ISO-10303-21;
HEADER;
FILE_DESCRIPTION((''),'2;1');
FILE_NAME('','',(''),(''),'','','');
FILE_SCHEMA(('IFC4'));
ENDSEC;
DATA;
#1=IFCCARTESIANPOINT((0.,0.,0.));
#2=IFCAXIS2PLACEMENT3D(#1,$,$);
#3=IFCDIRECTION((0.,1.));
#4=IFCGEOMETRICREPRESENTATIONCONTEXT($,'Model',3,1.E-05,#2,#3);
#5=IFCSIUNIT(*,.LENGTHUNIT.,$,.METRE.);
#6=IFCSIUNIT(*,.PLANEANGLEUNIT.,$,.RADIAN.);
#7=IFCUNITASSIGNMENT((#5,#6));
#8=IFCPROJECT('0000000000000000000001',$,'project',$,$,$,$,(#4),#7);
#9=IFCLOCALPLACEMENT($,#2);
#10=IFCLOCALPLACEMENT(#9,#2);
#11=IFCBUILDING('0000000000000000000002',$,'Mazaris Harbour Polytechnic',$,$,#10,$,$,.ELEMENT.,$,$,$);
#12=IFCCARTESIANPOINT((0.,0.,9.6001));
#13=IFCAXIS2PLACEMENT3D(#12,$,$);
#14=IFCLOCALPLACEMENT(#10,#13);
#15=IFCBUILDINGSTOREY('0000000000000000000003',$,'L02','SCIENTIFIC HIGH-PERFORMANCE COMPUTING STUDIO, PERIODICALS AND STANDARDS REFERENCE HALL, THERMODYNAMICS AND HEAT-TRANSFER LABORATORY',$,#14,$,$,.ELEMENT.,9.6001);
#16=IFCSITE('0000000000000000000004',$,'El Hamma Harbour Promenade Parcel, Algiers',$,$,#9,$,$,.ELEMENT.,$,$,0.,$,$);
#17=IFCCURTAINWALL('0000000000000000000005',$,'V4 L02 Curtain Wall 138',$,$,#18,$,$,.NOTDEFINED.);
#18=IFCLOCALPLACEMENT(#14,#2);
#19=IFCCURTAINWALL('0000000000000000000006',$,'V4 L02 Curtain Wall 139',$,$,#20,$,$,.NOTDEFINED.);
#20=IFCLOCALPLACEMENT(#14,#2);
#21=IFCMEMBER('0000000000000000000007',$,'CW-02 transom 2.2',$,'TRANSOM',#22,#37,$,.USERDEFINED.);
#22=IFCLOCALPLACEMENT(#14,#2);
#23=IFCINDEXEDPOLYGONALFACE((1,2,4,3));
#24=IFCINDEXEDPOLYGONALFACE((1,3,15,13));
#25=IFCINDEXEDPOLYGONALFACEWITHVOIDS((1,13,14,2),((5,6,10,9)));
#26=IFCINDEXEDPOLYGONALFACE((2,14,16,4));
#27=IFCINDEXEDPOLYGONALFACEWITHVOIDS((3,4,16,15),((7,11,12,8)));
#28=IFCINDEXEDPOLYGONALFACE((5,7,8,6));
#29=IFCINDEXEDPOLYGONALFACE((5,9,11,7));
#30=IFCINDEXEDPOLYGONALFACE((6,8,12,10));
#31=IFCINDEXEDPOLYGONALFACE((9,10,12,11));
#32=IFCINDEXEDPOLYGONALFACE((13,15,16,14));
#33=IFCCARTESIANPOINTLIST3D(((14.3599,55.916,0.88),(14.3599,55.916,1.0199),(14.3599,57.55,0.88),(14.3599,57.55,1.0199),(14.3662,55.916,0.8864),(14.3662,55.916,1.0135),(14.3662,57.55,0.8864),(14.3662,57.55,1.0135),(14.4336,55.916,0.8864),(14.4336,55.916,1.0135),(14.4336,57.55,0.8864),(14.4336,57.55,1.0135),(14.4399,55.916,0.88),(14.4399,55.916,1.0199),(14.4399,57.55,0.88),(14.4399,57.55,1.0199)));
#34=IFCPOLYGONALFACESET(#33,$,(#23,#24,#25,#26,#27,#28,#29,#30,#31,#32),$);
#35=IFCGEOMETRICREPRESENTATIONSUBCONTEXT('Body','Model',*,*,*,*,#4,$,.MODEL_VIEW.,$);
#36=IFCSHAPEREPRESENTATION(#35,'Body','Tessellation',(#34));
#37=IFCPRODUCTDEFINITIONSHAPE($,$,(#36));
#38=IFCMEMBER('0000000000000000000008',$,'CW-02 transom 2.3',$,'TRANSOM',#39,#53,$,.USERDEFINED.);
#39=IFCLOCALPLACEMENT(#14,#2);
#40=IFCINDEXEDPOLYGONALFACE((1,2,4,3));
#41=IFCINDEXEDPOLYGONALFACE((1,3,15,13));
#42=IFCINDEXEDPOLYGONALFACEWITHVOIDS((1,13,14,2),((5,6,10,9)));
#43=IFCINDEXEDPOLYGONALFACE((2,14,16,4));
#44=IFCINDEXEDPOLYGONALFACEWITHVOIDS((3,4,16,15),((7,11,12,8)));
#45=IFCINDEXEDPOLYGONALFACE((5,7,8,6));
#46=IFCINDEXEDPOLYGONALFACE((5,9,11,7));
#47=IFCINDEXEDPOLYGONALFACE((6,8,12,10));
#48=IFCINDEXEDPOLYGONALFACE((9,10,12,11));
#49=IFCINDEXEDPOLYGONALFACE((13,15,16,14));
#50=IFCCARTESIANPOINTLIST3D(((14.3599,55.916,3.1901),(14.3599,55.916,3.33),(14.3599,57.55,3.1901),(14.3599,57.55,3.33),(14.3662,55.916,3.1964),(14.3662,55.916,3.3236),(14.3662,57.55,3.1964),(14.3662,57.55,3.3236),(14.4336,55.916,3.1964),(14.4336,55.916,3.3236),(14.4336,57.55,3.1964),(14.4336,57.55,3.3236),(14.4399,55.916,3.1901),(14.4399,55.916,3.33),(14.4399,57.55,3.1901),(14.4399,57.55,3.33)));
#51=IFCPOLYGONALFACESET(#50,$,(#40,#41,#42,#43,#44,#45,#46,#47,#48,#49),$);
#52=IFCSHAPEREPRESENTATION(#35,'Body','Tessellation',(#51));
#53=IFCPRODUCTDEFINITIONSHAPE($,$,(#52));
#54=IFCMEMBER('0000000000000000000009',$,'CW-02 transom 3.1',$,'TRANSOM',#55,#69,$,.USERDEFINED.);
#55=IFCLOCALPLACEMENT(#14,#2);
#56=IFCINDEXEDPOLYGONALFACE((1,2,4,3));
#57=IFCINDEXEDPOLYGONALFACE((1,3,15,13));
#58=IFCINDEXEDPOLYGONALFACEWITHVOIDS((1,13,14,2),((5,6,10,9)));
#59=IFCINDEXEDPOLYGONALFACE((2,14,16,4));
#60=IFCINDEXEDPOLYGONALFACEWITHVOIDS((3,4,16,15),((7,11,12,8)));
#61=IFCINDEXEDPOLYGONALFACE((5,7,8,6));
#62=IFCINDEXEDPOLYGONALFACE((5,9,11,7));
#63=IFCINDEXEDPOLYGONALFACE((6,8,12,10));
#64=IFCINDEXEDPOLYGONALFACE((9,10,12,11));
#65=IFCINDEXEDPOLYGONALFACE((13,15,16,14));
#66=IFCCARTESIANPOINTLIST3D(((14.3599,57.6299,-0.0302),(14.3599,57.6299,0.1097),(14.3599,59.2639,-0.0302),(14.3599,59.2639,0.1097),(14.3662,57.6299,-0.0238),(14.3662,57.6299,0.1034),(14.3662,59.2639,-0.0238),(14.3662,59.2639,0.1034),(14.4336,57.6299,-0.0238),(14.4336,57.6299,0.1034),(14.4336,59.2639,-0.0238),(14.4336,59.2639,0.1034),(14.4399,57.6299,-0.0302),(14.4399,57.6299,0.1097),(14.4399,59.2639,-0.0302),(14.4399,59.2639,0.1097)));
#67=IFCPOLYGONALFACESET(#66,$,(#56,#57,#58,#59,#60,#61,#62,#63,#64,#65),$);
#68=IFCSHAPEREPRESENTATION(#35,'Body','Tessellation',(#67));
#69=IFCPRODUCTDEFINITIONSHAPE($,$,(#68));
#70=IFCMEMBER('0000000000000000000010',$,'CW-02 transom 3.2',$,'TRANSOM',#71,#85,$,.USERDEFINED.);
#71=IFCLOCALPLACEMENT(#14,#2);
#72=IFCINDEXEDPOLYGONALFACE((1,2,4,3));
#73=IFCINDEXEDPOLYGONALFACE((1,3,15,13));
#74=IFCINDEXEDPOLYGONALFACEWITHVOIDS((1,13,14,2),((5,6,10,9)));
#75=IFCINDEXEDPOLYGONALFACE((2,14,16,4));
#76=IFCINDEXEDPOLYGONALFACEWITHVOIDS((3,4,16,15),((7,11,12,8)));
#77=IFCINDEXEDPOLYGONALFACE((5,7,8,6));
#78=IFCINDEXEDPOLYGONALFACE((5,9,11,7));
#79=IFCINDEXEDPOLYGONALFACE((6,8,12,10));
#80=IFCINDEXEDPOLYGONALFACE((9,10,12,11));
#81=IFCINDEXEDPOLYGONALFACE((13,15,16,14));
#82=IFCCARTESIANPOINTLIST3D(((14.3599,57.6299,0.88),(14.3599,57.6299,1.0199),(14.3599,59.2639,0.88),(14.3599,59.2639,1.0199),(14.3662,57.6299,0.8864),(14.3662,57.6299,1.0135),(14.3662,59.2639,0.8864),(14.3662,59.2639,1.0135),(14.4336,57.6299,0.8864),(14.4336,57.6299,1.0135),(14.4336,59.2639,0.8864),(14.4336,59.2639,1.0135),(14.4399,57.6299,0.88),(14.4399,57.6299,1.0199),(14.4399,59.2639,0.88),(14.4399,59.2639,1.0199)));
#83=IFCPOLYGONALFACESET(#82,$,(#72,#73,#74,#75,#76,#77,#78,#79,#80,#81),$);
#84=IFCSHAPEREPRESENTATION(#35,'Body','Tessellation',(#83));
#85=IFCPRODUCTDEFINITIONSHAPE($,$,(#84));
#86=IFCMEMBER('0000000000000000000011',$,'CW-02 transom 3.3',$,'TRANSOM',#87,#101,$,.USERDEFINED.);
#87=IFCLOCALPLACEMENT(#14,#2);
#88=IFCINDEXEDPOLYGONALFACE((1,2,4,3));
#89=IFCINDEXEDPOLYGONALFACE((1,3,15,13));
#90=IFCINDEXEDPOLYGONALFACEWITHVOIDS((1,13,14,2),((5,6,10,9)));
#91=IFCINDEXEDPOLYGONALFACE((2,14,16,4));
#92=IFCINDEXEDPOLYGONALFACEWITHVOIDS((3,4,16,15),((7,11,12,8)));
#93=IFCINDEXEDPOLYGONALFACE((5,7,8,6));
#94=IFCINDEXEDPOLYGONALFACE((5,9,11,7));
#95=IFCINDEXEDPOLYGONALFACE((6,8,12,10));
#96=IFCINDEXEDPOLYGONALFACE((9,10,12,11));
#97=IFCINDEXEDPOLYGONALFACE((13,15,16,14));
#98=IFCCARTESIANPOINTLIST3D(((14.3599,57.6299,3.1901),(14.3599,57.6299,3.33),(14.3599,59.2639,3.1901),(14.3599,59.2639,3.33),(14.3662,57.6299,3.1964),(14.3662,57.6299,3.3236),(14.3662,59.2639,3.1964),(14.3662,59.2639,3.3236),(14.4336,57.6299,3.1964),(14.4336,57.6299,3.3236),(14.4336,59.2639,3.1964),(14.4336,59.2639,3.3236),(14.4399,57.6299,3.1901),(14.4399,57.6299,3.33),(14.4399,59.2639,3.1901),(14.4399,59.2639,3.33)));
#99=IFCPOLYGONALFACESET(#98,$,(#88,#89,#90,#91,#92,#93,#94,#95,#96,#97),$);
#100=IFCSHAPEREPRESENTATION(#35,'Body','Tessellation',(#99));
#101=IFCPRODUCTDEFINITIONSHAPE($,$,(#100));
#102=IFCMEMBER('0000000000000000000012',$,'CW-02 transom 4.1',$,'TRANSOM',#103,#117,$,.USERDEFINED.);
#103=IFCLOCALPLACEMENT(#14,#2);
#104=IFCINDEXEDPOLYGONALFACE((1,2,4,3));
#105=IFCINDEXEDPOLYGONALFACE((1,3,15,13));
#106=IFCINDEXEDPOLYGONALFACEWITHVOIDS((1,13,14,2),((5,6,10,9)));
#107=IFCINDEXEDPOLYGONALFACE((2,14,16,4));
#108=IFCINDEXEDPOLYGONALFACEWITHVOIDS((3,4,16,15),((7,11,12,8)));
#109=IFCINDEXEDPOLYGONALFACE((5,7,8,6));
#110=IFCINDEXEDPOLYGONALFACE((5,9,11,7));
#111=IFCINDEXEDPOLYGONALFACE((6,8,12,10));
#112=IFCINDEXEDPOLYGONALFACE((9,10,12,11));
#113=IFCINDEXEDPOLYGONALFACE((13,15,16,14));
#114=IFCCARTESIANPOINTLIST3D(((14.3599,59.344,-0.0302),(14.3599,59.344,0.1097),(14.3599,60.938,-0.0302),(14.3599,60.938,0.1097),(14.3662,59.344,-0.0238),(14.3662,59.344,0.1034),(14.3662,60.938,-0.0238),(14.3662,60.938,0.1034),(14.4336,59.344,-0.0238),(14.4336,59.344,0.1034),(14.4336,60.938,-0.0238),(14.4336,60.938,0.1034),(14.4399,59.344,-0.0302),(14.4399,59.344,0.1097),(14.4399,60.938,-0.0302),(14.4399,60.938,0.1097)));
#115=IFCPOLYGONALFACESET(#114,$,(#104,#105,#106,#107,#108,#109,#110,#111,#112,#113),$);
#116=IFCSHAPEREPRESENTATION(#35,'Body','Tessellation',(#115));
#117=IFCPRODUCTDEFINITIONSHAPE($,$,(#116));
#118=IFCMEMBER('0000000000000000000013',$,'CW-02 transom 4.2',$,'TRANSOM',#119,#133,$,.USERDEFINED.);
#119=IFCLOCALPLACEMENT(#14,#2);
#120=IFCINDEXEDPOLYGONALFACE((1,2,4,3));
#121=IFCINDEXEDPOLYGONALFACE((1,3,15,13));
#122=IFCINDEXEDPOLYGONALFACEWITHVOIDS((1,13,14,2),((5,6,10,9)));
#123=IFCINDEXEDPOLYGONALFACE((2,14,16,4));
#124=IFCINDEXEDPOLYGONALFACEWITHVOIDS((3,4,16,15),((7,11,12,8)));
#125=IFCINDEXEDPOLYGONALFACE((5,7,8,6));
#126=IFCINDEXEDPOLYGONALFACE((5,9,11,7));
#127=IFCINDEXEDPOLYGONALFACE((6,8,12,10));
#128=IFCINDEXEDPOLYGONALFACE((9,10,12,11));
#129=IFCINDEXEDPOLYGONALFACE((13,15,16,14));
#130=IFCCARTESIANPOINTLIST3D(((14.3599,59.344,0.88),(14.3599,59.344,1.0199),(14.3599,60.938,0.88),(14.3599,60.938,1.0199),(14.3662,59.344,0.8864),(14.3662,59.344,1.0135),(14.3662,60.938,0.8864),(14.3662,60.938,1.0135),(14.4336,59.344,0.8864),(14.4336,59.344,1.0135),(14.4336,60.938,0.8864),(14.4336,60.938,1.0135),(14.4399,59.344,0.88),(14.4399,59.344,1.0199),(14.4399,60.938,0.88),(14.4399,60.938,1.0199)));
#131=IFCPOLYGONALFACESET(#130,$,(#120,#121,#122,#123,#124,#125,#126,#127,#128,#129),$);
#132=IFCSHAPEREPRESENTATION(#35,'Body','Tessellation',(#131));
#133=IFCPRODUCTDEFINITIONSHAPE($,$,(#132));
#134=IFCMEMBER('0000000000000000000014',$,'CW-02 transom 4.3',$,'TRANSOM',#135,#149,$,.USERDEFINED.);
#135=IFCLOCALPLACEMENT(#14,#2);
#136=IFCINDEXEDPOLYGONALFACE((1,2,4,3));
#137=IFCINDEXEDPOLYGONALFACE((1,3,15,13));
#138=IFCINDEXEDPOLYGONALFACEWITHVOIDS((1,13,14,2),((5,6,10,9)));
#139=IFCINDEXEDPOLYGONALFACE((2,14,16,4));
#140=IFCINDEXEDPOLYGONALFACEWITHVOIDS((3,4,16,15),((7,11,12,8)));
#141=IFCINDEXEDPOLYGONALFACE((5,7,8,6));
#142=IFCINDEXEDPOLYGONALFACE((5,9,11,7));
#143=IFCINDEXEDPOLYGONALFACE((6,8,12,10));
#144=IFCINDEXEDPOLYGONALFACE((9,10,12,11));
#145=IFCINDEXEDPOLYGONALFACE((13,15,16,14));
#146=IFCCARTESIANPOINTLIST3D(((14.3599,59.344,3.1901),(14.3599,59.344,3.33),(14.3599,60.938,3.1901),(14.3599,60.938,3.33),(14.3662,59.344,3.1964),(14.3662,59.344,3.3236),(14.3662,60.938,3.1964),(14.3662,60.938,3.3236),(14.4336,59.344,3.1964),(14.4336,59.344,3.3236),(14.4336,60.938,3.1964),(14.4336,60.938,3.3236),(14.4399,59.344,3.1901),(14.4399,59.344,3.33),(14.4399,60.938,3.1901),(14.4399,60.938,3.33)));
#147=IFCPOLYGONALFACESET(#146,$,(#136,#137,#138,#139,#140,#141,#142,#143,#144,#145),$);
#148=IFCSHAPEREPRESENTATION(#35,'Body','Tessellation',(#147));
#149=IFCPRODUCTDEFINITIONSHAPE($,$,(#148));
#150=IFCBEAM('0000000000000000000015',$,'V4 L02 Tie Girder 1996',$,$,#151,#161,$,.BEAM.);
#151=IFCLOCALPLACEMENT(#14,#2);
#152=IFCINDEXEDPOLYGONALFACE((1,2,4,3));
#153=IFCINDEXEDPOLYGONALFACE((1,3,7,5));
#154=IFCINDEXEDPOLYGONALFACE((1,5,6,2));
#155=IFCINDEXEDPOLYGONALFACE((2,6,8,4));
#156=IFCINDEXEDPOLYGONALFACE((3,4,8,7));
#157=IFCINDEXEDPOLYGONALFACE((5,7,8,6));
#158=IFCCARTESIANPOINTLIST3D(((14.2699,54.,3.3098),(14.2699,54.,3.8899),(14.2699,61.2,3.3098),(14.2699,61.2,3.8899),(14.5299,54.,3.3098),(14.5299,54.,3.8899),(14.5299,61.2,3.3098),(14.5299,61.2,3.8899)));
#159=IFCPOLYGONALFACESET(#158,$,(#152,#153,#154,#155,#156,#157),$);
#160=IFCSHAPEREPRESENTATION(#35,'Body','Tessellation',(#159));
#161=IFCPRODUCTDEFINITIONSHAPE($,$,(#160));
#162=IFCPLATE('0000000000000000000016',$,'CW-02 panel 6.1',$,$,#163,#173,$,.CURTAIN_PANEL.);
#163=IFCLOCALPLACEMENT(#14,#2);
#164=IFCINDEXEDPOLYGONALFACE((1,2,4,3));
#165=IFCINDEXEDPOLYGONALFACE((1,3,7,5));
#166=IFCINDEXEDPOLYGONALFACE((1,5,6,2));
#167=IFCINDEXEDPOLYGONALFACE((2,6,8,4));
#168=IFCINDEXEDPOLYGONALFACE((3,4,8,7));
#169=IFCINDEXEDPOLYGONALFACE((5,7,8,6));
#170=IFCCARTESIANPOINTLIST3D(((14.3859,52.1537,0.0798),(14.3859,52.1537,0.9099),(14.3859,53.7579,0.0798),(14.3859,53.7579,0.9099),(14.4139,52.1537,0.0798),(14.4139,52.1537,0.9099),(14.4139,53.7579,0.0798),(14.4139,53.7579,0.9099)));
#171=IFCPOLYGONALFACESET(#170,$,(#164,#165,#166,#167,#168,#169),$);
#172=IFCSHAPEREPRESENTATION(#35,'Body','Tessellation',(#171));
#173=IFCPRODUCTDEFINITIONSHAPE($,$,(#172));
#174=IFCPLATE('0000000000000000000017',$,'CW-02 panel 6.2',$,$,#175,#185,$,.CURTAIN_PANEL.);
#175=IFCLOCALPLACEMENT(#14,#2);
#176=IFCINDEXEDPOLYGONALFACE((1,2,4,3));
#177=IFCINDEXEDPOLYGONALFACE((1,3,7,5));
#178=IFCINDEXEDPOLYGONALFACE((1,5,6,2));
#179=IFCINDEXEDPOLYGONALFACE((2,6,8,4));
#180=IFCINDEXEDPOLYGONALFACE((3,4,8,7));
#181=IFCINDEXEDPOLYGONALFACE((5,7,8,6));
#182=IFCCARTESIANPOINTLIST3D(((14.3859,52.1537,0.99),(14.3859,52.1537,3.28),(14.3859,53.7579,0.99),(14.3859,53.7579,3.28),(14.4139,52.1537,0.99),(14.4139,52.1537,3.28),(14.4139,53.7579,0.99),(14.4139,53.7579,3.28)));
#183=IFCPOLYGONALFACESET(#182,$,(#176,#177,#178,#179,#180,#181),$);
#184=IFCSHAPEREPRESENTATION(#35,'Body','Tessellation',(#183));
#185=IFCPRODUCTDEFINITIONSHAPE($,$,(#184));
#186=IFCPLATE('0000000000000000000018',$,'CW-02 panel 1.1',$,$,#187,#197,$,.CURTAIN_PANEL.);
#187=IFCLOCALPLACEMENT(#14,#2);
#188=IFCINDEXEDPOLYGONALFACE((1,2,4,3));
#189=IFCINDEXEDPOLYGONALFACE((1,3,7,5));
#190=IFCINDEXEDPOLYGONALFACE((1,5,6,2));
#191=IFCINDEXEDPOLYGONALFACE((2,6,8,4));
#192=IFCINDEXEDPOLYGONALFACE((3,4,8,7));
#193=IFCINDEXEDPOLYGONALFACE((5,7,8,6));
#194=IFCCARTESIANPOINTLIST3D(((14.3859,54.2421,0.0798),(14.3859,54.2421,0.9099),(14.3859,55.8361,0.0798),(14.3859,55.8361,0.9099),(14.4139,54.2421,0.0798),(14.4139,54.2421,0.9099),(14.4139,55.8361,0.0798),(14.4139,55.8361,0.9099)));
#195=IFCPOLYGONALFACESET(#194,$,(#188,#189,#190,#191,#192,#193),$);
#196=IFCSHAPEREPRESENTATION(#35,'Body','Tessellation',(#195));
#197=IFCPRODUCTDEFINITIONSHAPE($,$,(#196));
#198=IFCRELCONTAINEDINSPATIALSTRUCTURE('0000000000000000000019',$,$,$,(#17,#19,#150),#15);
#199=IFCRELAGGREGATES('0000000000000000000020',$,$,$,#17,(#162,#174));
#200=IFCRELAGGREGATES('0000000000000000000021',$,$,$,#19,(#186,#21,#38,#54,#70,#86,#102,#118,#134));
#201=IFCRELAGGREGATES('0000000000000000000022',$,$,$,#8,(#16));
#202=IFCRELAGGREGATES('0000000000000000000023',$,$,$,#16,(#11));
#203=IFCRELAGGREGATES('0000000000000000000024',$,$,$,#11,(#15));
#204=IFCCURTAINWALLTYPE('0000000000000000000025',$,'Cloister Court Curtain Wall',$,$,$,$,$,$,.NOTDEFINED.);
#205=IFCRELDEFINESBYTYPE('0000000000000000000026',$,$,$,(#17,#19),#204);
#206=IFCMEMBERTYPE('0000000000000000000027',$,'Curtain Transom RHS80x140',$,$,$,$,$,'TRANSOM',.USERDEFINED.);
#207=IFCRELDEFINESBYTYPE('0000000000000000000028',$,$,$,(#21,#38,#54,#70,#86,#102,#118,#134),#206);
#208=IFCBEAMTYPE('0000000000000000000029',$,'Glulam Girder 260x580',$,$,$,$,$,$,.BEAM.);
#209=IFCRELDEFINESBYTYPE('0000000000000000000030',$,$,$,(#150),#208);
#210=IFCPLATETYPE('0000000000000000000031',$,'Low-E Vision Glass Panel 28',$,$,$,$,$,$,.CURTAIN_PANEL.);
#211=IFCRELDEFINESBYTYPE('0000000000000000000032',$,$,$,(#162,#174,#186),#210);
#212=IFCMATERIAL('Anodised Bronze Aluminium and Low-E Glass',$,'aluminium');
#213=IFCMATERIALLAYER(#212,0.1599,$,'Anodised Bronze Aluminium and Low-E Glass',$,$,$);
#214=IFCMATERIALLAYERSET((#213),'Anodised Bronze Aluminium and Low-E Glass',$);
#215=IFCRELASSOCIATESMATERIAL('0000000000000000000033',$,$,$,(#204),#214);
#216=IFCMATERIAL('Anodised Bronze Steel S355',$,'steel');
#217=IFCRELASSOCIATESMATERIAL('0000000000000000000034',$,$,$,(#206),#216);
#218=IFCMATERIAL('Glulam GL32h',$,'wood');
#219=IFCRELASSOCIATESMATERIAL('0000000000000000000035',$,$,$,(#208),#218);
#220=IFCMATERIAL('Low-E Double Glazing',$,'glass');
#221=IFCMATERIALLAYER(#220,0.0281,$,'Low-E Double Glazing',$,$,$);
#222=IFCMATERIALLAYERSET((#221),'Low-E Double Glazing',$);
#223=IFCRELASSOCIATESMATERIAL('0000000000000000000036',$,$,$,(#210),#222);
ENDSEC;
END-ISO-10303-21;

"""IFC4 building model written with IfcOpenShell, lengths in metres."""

from ifc_helpers import new_model, si_unit, direction, frame, origin, origin_2d, place, context, subcontext, project, spatial, rectangle, hollow_rectangle, extrude, material, layer, layer_set, material_profile, profile_set, type_object, element, aggregate, save


model = new_model("IFC4")

# Units and contexts
model_context = context("Model", 3, precision=1e-05, world=origin(), true_north=direction((0.0, 1.0)))
body_context = subcontext(model_context, "Body", "Model", "MODEL_VIEW")
ifc_project = project(units=[si_unit("LENGTHUNIT", "METRE"), si_unit("PLANEANGLEUNIT", "RADIAN")], contexts=[model_context])

# Site, building, storey
site_placement = place(None, origin())
site = spatial("IfcSite", under=ifc_project, at=site_placement, Name="El Hamma Harbour Promenade Parcel, Algiers", CompositionType="ELEMENT", RefElevation=0.0)
building_placement = place(site_placement, origin())
building = spatial("IfcBuilding", under=site, at=building_placement, Name="Mazaris Harbour Polytechnic", CompositionType="ELEMENT")
storey_placement = place(building_placement, frame((0.0, 0.0, 9.6001)))
storey = spatial("IfcBuildingStorey", under=building, at=storey_placement, Name="L02", Description="SCIENTIFIC HIGH-PERFORMANCE COMPUTING STUDIO, PERIODICALS AND STANDARDS REFERENCE HALL, THERMODYNAMICS AND HEAT-TRANSFER LABORATORY", CompositionType="ELEMENT", Elevation=9.6001)

# Curtain wall
ifc_material_1 = material(Name="Anodised Bronze Aluminium and Low-E Glass", Category="aluminium")
ifc_layer_1 = layer(ifc_material_1, 0.1599, Name="Anodised Bronze Aluminium and Low-E Glass")
ifc_layer_set_1 = layer_set([ifc_layer_1], Name="Anodised Bronze Aluminium and Low-E Glass")
curtain_wall_type = type_object("IfcCurtainWallType", Name="Cloister Court Curtain Wall", PredefinedType="NOTDEFINED", material=ifc_layer_set_1)
curtain_wall_1_placement = place(storey_placement, origin())
curtain_wall_1 = element("IfcCurtainWall", 1, at=curtain_wall_1_placement, inside=storey, type_object=curtain_wall_type, Name="V4 L02 Curtain Wall 138", PredefinedType="NOTDEFINED")

# Curtain wall
curtain_wall_2_placement = place(storey_placement, origin())
curtain_wall_2 = element("IfcCurtainWall", 2, at=curtain_wall_2_placement, inside=storey, type_object=curtain_wall_type, Name="V4 L02 Curtain Wall 139", PredefinedType="NOTDEFINED")

# Members
ifc_material_2 = material(Name="Anodised Bronze Steel S355", Category="steel")
ifc_material_profile_1 = material_profile(ifc_material_2, hollow_rectangle(XDim=0.0801, YDim=0.1399, WallThickness=0.0063, at=origin_2d()), Name="RHS 80x140x6.3")
ifc_profile_set_1 = profile_set([ifc_material_profile_1], Name="Anodised Bronze Steel S355")
member_type_1 = type_object("IfcMemberType", Name="Curtain Transom RHS80x140", ElementType="TRANSOM", PredefinedType="USERDEFINED", material=ifc_profile_set_1)
member_1_placement = place(storey_placement, frame((14.3999, 55.916, 0.95), z_axis=(0.0, 1.0, 0.0), x_axis=(-1.0, 0.0, 0.0)))
member_1 = element("IfcMember", 3, at=member_1_placement, type_object=member_type_1, Name="CW-02 transom 2.2", ObjectType="TRANSOM", PredefinedType="USERDEFINED", context=body_context, shape_type="SweptSolid", body=[
    extrude(hollow_rectangle(XDim=0.0801, YDim=0.1399, WallThickness=0.0063, at=origin_2d()), origin(), (0.0, 0.0, 1.0), 1.634),
])
member_2_placement = place(storey_placement, frame((14.3999, 55.916, 3.26), z_axis=(0.0, 1.0, 0.0), x_axis=(-1.0, 0.0, 0.0)))
member_2 = element("IfcMember", 4, at=member_2_placement, type_object=member_type_1, Name="CW-02 transom 2.3", ObjectType="TRANSOM", PredefinedType="USERDEFINED", context=body_context, shape_type="SweptSolid", body=[
    extrude(hollow_rectangle(XDim=0.0801, YDim=0.1399, WallThickness=0.0063, at=origin_2d()), origin(), (0.0, 0.0, 1.0), 1.634),
])
member_3_placement = place(storey_placement, frame((14.3999, 57.6299, 0.0398), z_axis=(0.0, 1.0, 0.0), x_axis=(-1.0, 0.0, 0.0)))
member_3 = element("IfcMember", 5, at=member_3_placement, type_object=member_type_1, Name="CW-02 transom 3.1", ObjectType="TRANSOM", PredefinedType="USERDEFINED", context=body_context, shape_type="SweptSolid", body=[
    extrude(hollow_rectangle(XDim=0.0801, YDim=0.1399, WallThickness=0.0063, at=origin_2d()), origin(), (0.0, 0.0, 1.0), 1.634),
])
member_4_placement = place(storey_placement, frame((14.3999, 57.6299, 0.95), z_axis=(0.0, 1.0, 0.0), x_axis=(-1.0, 0.0, 0.0)))
member_4 = element("IfcMember", 6, at=member_4_placement, type_object=member_type_1, Name="CW-02 transom 3.2", ObjectType="TRANSOM", PredefinedType="USERDEFINED", context=body_context, shape_type="SweptSolid", body=[
    extrude(hollow_rectangle(XDim=0.0801, YDim=0.1399, WallThickness=0.0063, at=origin_2d()), origin(), (0.0, 0.0, 1.0), 1.634),
])
member_5_placement = place(storey_placement, frame((14.3999, 57.6299, 3.26), z_axis=(0.0, 1.0, 0.0), x_axis=(-1.0, 0.0, 0.0)))
member_5 = element("IfcMember", 7, at=member_5_placement, type_object=member_type_1, Name="CW-02 transom 3.3", ObjectType="TRANSOM", PredefinedType="USERDEFINED", context=body_context, shape_type="SweptSolid", body=[
    extrude(hollow_rectangle(XDim=0.0801, YDim=0.1399, WallThickness=0.0063, at=origin_2d()), origin(), (0.0, 0.0, 1.0), 1.634),
])
member_6_placement = place(storey_placement, frame((14.3999, 59.344, 0.0398), z_axis=(0.0, 1.0, 0.0), x_axis=(-1.0, 0.0, 0.0)))
member_6 = element("IfcMember", 8, at=member_6_placement, type_object=member_type_1, Name="CW-02 transom 4.1", ObjectType="TRANSOM", PredefinedType="USERDEFINED", context=body_context, shape_type="SweptSolid", body=[
    extrude(hollow_rectangle(XDim=0.0801, YDim=0.1399, WallThickness=0.0063, at=origin_2d()), origin(), (0.0, 0.0, 1.0), 1.594),
])
member_7_placement = place(storey_placement, frame((14.3999, 59.344, 0.95), z_axis=(0.0, 1.0, 0.0), x_axis=(-1.0, 0.0, 0.0)))
member_7 = element("IfcMember", 9, at=member_7_placement, type_object=member_type_1, Name="CW-02 transom 4.2", ObjectType="TRANSOM", PredefinedType="USERDEFINED", context=body_context, shape_type="SweptSolid", body=[
    extrude(hollow_rectangle(XDim=0.0801, YDim=0.1399, WallThickness=0.0063, at=origin_2d()), origin(), (0.0, 0.0, 1.0), 1.594),
])
member_8_placement = place(storey_placement, frame((14.3999, 59.344, 3.26), z_axis=(0.0, 1.0, 0.0), x_axis=(-1.0, 0.0, 0.0)))
member_8 = element("IfcMember", 10, at=member_8_placement, type_object=member_type_1, Name="CW-02 transom 4.3", ObjectType="TRANSOM", PredefinedType="USERDEFINED", context=body_context, shape_type="SweptSolid", body=[
    extrude(hollow_rectangle(XDim=0.0801, YDim=0.1399, WallThickness=0.0063, at=origin_2d()), origin(), (0.0, 0.0, 1.0), 1.594),
])

# Beam
ifc_material_3 = material(Name="Glulam GL32h", Category="wood")
ifc_material_profile_2 = material_profile(ifc_material_3, rectangle(XDim=0.26, YDim=0.5801, at=origin_2d()), Name="RECT260x580")
ifc_profile_set_2 = profile_set([ifc_material_profile_2], Name="Glulam GL32h")
beam_type = type_object("IfcBeamType", Name="Glulam Girder 260x580", PredefinedType="BEAM", material=ifc_profile_set_2)
beam_placement = place(storey_placement, frame((14.3999, 54.0, 3.5999), z_axis=(0.0, 1.0, 0.0), x_axis=(-1.0, 0.0, 0.0)))
element("IfcBeam", 11, at=beam_placement, inside=storey, type_object=beam_type, Name="V4 L02 Tie Girder 1996", PredefinedType="BEAM", context=body_context, shape_type="SweptSolid", body=[
    extrude(rectangle(XDim=0.26, YDim=0.5801, at=origin_2d()), origin(), (0.0, 0.0, 1.0), 7.2),
])

# Plates
ifc_material_4 = material(Name="Low-E Double Glazing", Category="glass")
ifc_layer_2 = layer(ifc_material_4, 0.0281, Name="Low-E Double Glazing")
ifc_layer_set_2 = layer_set([ifc_layer_2], Name="Low-E Double Glazing")
plate_type = type_object("IfcPlateType", Name="Low-E Vision Glass Panel 28", PredefinedType="CURTAIN_PANEL", material=ifc_layer_set_2)
plate_1_placement = place(storey_placement, frame((14.3999, 52.9558, 0.0798), z_axis=(0.0, 0.0, 1.0), x_axis=(0.0, 1.0, 0.0)))
plate_1 = element("IfcPlate", 12, at=plate_1_placement, type_object=plate_type, Name="CW-02 panel 6.1", PredefinedType="CURTAIN_PANEL", context=body_context, shape_type="SweptSolid", body=[
    extrude(rectangle(XDim=1.6042, YDim=0.0281, at=origin_2d()), origin(), (0.0, 0.0, 1.0), 0.8301),
])
plate_2_placement = place(storey_placement, frame((14.3999, 52.9558, 0.99), z_axis=(0.0, 0.0, 1.0), x_axis=(0.0, 1.0, 0.0)))
plate_2 = element("IfcPlate", 13, at=plate_2_placement, type_object=plate_type, Name="CW-02 panel 6.2", PredefinedType="CURTAIN_PANEL", context=body_context, shape_type="SweptSolid", body=[
    extrude(rectangle(XDim=1.6042, YDim=0.0281, at=origin_2d()), origin(), (0.0, 0.0, 1.0), 2.29),
])
aggregate(curtain_wall_1, [plate_1, plate_2])
plate_3_placement = place(storey_placement, frame((14.3999, 55.0391, 0.0798), z_axis=(0.0, 0.0, 1.0), x_axis=(0.0, 1.0, 0.0)))
plate_3 = element("IfcPlate", 14, at=plate_3_placement, type_object=plate_type, Name="CW-02 panel 1.1", PredefinedType="CURTAIN_PANEL", context=body_context, shape_type="SweptSolid", body=[
    extrude(rectangle(XDim=1.594, YDim=0.0281, at=origin_2d()), origin(), (0.0, 0.0, 1.0), 0.8301),
])
aggregate(curtain_wall_2, [plate_3, member_1, member_2, member_3, member_4, member_5, member_6, member_7, member_8])

save(model, "model.ifc")
